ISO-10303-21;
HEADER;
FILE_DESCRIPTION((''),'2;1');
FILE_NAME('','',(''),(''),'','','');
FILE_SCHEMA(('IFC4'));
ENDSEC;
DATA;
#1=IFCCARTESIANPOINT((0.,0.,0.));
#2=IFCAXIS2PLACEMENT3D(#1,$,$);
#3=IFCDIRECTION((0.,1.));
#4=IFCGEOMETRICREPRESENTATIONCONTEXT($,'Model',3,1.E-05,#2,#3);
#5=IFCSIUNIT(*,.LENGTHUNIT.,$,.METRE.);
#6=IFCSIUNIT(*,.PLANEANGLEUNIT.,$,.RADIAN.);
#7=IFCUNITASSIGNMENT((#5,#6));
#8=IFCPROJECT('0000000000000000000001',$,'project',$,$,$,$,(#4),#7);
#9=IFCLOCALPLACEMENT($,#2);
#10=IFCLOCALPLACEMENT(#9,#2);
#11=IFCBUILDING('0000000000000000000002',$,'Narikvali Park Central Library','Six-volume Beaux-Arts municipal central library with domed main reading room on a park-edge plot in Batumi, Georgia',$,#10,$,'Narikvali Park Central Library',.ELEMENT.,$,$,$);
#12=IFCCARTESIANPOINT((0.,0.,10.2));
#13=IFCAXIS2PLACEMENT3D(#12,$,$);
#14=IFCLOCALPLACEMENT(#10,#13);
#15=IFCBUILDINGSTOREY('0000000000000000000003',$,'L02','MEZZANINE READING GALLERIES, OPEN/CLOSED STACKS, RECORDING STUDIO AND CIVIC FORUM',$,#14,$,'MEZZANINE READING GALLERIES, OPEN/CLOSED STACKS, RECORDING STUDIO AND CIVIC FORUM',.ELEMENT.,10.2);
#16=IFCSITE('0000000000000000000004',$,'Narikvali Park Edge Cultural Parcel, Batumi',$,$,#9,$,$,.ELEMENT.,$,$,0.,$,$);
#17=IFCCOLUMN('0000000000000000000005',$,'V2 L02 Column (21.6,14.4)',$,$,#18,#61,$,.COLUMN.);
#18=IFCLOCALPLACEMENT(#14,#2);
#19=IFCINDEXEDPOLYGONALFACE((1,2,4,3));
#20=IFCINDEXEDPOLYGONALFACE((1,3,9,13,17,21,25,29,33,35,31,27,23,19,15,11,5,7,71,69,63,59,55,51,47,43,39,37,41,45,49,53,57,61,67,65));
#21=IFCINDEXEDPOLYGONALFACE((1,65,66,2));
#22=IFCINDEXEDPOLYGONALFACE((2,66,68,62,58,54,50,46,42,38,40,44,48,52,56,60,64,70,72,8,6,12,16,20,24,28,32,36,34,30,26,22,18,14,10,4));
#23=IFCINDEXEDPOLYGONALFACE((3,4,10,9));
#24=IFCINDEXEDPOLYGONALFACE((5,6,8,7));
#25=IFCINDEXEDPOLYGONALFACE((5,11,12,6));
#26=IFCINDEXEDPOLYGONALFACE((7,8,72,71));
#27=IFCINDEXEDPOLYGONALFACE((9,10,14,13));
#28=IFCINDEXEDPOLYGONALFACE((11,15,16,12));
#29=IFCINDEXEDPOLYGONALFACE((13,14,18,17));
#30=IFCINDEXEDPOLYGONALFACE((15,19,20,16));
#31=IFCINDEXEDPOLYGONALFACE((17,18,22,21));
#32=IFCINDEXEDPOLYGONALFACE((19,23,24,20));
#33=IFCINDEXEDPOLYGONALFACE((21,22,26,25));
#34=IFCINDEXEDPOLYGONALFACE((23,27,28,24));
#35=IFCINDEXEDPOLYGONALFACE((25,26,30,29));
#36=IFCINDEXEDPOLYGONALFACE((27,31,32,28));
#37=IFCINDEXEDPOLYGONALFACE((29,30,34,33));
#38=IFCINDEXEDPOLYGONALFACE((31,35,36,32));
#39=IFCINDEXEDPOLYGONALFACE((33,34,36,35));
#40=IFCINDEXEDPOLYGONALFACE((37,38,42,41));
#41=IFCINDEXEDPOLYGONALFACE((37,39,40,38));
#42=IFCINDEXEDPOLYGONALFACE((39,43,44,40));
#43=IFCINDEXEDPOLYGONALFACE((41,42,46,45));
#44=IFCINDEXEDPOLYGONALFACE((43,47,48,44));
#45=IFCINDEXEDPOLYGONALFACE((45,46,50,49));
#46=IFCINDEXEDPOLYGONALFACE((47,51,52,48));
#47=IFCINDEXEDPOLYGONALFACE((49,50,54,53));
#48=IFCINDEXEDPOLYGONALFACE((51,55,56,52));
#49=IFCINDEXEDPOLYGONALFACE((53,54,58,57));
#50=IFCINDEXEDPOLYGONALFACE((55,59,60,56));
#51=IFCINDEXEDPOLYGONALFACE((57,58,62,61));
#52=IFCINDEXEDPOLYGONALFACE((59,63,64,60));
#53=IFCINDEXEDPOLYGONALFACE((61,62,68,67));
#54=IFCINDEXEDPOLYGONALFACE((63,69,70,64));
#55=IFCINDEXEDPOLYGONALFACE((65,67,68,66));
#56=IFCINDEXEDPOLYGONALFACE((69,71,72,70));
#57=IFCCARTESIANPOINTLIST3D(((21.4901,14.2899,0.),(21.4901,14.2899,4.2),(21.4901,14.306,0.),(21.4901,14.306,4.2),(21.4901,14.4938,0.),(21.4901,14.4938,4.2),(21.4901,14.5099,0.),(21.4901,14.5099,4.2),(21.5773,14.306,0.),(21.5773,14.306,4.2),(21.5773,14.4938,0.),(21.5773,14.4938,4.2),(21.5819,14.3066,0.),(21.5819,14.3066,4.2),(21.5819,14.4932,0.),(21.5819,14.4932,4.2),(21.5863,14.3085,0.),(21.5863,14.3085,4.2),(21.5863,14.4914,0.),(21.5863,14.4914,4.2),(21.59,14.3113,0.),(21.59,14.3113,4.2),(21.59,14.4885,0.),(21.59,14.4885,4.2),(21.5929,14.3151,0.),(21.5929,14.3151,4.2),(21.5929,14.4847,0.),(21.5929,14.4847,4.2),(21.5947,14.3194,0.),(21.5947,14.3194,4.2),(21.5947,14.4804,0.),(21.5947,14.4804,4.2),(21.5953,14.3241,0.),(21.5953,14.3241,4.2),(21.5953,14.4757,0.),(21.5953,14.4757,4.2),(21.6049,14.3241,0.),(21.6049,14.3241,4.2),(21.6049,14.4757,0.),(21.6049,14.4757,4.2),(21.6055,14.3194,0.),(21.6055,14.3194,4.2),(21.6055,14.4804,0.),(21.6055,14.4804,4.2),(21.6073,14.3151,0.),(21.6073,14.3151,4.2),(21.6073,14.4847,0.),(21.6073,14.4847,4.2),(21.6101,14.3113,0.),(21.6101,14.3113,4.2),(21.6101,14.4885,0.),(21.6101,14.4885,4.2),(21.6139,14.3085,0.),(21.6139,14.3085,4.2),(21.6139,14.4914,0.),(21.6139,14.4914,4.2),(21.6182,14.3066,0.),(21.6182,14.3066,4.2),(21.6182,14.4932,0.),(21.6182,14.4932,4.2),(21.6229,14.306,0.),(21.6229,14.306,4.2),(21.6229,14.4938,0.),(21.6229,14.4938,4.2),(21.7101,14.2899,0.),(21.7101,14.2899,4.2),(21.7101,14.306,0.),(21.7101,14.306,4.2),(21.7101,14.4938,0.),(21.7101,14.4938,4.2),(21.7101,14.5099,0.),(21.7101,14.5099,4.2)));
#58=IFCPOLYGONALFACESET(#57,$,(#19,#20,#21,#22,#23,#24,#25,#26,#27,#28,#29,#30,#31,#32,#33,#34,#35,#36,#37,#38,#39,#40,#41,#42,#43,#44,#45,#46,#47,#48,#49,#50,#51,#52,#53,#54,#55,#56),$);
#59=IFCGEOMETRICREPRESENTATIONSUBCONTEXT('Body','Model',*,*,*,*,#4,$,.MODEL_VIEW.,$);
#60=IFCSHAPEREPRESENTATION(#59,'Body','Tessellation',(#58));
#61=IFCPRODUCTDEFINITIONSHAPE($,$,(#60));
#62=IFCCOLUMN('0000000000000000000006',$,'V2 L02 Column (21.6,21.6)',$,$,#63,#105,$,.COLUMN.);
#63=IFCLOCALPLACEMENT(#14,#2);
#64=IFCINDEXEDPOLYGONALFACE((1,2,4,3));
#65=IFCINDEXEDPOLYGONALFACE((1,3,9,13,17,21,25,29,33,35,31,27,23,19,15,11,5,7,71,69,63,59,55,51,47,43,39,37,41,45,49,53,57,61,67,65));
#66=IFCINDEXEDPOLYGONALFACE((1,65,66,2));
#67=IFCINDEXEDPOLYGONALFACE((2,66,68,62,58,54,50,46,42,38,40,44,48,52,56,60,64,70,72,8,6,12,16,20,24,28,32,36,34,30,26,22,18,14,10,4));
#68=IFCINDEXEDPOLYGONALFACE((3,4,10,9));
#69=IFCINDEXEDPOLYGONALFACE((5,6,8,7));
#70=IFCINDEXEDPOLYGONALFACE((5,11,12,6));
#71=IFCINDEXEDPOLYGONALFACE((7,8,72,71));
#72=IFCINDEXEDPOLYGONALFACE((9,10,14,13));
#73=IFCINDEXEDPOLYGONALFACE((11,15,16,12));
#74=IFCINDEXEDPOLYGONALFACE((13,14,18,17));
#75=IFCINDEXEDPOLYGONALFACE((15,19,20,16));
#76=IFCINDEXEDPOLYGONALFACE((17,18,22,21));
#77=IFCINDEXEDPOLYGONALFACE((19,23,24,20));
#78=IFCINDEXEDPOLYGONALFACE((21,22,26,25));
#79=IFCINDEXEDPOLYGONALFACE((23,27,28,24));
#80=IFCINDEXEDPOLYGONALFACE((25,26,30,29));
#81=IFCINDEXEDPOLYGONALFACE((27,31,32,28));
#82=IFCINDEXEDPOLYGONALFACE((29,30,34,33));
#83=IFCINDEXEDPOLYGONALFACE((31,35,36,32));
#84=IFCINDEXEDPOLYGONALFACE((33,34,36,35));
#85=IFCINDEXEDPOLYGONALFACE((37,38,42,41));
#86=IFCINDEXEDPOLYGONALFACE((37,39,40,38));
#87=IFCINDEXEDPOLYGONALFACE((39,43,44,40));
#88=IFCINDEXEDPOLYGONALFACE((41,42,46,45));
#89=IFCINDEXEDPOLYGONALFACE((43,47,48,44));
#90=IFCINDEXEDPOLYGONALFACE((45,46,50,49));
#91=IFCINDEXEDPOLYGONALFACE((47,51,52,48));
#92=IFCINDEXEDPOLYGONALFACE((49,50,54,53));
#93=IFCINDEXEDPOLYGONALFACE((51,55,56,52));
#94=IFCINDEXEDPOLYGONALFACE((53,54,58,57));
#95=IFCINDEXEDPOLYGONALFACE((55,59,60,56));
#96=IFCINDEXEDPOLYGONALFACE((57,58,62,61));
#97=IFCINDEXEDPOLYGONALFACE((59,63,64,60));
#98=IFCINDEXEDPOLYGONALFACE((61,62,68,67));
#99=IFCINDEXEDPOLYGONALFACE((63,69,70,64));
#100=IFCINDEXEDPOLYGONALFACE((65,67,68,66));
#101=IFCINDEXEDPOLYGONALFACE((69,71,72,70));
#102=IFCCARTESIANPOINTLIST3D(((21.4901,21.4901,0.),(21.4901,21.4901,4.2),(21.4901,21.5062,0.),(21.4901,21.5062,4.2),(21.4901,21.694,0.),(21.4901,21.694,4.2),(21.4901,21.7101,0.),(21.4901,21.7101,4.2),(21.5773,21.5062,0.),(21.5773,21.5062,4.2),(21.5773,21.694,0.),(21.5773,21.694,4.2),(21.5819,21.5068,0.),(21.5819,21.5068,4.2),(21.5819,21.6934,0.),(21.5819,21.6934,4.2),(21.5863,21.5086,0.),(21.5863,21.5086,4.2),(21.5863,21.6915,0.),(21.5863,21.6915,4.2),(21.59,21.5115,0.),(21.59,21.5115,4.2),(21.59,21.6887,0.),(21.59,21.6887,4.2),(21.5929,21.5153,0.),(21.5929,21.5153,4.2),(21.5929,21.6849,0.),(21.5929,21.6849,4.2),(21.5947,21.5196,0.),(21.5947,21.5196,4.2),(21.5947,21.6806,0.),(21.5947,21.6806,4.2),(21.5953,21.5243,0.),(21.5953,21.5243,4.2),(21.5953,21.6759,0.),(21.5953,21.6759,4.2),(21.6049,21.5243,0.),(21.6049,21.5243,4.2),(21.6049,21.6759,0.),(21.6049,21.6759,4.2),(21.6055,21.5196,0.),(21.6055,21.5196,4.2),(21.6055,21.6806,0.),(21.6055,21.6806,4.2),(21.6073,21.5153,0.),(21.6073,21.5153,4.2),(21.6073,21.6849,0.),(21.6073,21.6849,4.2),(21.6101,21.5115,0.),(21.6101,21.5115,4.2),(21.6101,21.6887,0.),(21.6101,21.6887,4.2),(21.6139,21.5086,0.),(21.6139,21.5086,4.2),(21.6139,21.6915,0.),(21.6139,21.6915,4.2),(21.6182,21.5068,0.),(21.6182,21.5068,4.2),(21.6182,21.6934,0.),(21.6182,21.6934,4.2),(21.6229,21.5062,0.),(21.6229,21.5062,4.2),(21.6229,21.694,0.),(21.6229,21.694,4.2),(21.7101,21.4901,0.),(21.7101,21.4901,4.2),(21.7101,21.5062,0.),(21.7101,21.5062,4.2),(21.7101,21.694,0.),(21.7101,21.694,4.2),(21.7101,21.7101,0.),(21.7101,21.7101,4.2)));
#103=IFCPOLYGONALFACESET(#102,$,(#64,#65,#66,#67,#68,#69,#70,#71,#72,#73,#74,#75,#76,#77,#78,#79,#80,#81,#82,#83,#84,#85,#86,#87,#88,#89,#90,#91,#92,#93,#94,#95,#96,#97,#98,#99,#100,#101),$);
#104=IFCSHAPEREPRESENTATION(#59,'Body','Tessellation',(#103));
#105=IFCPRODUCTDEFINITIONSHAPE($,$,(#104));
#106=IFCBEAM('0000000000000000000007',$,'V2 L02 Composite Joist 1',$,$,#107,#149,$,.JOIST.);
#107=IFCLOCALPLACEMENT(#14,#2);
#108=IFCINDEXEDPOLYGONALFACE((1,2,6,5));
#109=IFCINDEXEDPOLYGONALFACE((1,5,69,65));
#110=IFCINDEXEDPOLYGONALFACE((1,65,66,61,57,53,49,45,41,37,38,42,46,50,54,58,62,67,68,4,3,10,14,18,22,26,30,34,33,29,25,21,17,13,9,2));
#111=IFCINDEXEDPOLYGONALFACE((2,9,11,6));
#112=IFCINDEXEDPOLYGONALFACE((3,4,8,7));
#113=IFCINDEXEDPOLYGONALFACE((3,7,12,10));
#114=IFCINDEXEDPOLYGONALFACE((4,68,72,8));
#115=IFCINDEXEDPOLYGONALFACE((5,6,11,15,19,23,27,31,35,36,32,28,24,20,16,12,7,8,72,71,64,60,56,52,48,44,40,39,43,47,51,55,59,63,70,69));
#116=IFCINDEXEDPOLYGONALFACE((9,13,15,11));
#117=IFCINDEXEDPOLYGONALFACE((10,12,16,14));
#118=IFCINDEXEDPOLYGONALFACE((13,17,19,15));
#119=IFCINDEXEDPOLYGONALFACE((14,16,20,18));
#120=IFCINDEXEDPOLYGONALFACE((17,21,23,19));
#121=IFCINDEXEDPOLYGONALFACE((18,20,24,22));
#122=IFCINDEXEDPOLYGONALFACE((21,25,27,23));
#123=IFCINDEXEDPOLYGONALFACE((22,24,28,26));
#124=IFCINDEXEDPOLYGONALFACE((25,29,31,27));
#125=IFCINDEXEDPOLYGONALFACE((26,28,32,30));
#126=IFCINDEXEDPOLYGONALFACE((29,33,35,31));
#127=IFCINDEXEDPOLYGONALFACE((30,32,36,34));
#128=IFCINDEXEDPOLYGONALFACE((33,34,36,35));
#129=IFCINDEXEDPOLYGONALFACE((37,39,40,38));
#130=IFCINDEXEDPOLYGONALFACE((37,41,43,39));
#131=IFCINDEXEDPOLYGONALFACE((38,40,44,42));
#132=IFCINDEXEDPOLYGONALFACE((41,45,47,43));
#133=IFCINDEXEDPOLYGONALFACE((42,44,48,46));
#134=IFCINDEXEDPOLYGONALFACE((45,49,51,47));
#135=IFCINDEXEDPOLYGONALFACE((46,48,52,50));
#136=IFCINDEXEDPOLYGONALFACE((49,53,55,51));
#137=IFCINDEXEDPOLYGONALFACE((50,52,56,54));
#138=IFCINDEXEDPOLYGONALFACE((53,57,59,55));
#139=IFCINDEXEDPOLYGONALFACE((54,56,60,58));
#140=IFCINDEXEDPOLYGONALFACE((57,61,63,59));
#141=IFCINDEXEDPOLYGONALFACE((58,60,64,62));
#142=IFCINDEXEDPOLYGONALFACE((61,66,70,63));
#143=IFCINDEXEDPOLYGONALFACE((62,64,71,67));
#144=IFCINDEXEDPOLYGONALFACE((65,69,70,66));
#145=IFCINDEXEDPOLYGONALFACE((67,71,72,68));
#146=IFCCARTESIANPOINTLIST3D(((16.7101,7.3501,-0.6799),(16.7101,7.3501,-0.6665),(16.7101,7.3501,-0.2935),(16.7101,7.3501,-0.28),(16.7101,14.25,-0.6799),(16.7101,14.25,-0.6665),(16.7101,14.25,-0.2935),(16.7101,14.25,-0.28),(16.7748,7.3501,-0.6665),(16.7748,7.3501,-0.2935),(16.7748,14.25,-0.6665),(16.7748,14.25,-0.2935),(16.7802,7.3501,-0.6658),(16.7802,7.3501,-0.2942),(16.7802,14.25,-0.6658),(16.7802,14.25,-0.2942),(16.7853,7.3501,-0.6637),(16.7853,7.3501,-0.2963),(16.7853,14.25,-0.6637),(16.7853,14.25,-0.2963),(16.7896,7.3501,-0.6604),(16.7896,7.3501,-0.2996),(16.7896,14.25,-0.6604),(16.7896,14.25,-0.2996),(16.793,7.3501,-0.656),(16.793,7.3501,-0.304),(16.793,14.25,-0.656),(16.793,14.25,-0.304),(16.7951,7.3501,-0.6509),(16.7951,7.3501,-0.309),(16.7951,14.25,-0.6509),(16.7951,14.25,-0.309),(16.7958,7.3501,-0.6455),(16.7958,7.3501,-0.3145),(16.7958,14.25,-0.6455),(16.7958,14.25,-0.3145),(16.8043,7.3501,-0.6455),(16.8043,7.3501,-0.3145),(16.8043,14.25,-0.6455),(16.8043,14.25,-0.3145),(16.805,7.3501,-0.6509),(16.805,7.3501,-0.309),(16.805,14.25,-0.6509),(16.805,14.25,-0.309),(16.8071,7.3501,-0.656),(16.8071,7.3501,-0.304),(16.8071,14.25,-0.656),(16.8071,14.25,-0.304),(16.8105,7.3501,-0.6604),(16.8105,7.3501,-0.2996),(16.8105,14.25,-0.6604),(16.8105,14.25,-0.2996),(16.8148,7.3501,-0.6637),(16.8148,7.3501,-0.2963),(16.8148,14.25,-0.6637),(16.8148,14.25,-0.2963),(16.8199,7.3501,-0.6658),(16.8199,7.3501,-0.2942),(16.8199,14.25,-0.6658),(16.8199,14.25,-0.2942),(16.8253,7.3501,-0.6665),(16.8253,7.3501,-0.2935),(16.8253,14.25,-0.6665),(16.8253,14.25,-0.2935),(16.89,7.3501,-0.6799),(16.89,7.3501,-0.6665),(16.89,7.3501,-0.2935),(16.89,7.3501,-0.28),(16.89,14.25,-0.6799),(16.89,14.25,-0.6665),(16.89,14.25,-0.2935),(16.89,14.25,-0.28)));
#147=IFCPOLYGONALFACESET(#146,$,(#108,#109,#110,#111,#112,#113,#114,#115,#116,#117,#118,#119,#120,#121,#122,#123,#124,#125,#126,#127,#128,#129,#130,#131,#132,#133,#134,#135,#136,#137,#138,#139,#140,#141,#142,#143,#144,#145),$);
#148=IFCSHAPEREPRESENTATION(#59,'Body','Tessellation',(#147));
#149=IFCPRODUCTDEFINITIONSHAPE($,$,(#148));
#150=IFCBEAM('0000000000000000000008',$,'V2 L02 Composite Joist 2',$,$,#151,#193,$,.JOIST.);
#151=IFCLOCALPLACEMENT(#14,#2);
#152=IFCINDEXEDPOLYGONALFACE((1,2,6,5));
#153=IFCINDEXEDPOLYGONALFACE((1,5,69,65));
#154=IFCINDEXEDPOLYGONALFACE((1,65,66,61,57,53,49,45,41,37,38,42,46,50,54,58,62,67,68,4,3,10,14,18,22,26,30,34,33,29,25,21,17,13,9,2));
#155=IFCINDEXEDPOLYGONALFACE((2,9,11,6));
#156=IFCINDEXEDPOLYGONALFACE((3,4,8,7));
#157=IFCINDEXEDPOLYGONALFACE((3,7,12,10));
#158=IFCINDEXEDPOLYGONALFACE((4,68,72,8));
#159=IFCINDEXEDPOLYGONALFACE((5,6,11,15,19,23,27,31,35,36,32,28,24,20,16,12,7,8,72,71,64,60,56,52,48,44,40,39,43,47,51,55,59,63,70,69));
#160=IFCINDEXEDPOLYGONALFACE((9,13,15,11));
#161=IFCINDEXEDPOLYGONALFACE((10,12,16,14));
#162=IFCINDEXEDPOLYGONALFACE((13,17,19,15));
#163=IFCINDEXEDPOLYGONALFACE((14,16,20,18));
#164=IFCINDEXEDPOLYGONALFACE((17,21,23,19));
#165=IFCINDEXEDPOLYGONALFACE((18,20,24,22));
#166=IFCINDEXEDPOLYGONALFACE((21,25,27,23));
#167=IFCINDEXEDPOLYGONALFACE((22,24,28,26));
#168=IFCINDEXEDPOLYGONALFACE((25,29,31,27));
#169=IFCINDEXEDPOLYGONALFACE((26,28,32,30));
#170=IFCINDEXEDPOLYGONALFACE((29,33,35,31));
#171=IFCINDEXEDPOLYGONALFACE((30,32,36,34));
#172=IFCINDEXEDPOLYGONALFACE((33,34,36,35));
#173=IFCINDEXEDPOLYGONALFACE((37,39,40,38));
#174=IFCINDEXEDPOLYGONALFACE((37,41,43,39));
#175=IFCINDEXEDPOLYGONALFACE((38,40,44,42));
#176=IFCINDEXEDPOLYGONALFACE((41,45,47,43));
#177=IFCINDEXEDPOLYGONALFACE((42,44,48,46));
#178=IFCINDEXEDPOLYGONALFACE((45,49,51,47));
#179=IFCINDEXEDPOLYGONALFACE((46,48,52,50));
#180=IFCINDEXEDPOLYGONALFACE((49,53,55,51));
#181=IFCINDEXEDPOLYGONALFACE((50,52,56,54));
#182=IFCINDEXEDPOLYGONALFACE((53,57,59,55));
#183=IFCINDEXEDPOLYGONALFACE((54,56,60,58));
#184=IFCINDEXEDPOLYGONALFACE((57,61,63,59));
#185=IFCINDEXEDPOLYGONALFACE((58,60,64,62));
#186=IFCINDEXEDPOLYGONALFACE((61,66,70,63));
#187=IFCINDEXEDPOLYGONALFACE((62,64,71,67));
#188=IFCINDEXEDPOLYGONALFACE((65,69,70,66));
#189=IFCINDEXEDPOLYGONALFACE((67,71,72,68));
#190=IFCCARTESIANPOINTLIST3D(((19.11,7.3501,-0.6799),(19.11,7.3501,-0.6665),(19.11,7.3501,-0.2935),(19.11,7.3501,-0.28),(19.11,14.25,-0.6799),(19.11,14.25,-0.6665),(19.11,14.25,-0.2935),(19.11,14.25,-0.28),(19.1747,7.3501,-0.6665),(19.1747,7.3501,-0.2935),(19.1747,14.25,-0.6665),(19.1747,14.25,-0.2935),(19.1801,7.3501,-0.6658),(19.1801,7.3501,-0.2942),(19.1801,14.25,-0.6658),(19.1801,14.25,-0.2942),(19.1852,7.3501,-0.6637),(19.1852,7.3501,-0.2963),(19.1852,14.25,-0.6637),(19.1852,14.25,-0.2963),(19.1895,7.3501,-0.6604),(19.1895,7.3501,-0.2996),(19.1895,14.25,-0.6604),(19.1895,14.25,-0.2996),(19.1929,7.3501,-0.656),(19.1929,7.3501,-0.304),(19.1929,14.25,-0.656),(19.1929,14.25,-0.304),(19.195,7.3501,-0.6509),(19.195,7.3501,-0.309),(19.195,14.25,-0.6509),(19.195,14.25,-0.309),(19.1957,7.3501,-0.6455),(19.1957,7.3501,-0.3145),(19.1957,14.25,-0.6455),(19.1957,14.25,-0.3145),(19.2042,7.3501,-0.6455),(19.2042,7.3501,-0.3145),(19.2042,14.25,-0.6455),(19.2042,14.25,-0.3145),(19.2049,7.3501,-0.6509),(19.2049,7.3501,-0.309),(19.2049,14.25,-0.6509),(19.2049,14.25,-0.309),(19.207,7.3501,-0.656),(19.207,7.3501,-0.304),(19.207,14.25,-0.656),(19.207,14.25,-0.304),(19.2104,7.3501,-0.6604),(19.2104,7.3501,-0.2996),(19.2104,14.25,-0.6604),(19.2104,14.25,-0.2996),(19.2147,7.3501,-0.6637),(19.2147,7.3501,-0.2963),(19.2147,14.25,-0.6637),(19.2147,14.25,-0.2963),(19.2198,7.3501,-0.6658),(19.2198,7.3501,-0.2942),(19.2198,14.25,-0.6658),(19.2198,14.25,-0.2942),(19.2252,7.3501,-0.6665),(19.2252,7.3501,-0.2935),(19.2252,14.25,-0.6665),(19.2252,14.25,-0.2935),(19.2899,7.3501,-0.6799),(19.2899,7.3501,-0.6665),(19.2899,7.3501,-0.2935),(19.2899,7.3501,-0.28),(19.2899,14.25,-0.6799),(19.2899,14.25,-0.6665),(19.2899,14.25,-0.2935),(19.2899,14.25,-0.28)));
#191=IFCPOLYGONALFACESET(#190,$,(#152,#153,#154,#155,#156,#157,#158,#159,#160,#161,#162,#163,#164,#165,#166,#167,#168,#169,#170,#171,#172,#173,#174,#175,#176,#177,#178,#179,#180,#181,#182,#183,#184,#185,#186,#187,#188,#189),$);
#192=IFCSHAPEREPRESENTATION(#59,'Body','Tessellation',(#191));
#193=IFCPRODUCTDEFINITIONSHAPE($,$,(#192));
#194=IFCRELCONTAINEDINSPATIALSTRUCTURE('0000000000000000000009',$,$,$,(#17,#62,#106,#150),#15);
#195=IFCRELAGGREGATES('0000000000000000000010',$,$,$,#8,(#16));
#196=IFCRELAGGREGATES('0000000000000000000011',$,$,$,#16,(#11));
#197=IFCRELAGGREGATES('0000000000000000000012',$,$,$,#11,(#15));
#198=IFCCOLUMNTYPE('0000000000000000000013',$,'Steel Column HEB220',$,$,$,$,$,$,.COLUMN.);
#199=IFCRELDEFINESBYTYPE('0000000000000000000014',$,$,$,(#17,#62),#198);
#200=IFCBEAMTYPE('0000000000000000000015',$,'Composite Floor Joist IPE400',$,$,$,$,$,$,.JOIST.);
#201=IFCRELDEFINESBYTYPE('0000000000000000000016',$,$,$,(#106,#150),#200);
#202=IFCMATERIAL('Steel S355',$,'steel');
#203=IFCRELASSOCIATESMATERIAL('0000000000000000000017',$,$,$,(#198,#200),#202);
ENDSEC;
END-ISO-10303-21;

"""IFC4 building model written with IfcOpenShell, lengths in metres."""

from ifc_helpers import new_model, si_unit, direction, frame, origin, origin_2d, place, context, subcontext, project, spatial, i_section, extrude, material, material_profile, profile_set, type_object, element, save


model = new_model("IFC4")

# Units and contexts
model_context = context("Model", 3, precision=1e-05, world=origin(), true_north=direction((0.0, 1.0)))
body_context = subcontext(model_context, "Body", "Model", "MODEL_VIEW")
ifc_project = project(units=[si_unit("LENGTHUNIT", "METRE"), si_unit("PLANEANGLEUNIT", "RADIAN")], contexts=[model_context])

# Site, building, storey
site_placement = place(None, origin())
site = spatial("IfcSite", under=ifc_project, at=site_placement, Name="Narikvali Park Edge Cultural Parcel, Batumi", CompositionType="ELEMENT", RefElevation=0.0)
building_placement = place(site_placement, origin())
building = spatial("IfcBuilding", under=site, at=building_placement, Name="Narikvali Park Central Library", Description="Six-volume Beaux-Arts municipal central library with domed main reading room on a park-edge plot in Batumi, Georgia", LongName="Narikvali Park Central Library", CompositionType="ELEMENT")
storey_placement = place(building_placement, frame((0.0, 0.0, 10.2)))
storey = spatial("IfcBuildingStorey", under=building, at=storey_placement, Name="L02", Description="MEZZANINE READING GALLERIES, OPEN/CLOSED STACKS, RECORDING STUDIO AND CIVIC FORUM", LongName="MEZZANINE READING GALLERIES, OPEN/CLOSED STACKS, RECORDING STUDIO AND CIVIC FORUM", CompositionType="ELEMENT", Elevation=10.2)

# Columns
ifc_material_1 = material(Name="Steel S355", Category="steel")
ifc_material_profile_1 = material_profile(ifc_material_1, i_section(OverallWidth=0.22, OverallDepth=0.22, WebThickness=0.0095, FlangeThickness=0.0161, FilletRadius=0.0181, at=origin_2d()), Name="HEB 220")
ifc_profile_set_1 = profile_set([ifc_material_profile_1], Name="Steel S355")
column_type = type_object("IfcColumnType", Name="Steel Column HEB220", PredefinedType="COLUMN", material=ifc_profile_set_1)
for number, where, z_axis, x_axis, name in (
    (1, (21.6001, 14.3999, 0.0), (0.0, 0.0, 1.0), (1.0, 0.0, 0.0), "V2 L02 Column (21.6,14.4)"),
    (2, (21.6001, 21.6001, 0.0), (0.0, 0.0, 1.0), (1.0, 0.0, 0.0), "V2 L02 Column (21.6,21.6)"),
):
    element("IfcColumn", number, at=place(storey_placement, frame(where, z_axis=z_axis, x_axis=x_axis)), inside=storey, type_object=column_type, Name=name, PredefinedType="COLUMN", context=body_context, shape_type="SweptSolid", body=[
        extrude(i_section(OverallWidth=0.22, OverallDepth=0.22, WebThickness=0.0095, FlangeThickness=0.0161, FilletRadius=0.0181, at=origin_2d()), origin(), (0.0, 0.0, 1.0), 4.2),
    ])

# Beams
ifc_material_profile_2 = material_profile(ifc_material_1, i_section(OverallWidth=0.1799, OverallDepth=0.3999, WebThickness=0.0085, FlangeThickness=0.0134, FilletRadius=0.021, at=origin_2d()), Name="IPE 400")
ifc_profile_set_2 = profile_set([ifc_material_profile_2], Name="Steel S355")
beam_type_1 = type_object("IfcBeamType", Name="Composite Floor Joist IPE400", PredefinedType="JOIST", material=ifc_profile_set_2)
for number, where, z_axis, x_axis, name in (
    (3, (16.8, 7.3501, -0.48), (0.0, 1.0, 0.0), (-1.0, 0.0, 0.0), "V2 L02 Composite Joist 1"),
    (4, (19.2, 7.3501, -0.48), (0.0, 1.0, 0.0), (-1.0, 0.0, 0.0), "V2 L02 Composite Joist 2"),
):
    element("IfcBeam", number, at=place(storey_placement, frame(where, z_axis=z_axis, x_axis=x_axis)), inside=storey, type_object=beam_type_1, Name=name, PredefinedType="JOIST", context=body_context, shape_type="SweptSolid", body=[
        extrude(i_section(OverallWidth=0.1799, OverallDepth=0.3999, WebThickness=0.0085, FlangeThickness=0.0134, FilletRadius=0.021, at=origin_2d()), origin(), (0.0, 0.0, 1.0), 6.8999),
    ])

save(model, "model.ifc")
